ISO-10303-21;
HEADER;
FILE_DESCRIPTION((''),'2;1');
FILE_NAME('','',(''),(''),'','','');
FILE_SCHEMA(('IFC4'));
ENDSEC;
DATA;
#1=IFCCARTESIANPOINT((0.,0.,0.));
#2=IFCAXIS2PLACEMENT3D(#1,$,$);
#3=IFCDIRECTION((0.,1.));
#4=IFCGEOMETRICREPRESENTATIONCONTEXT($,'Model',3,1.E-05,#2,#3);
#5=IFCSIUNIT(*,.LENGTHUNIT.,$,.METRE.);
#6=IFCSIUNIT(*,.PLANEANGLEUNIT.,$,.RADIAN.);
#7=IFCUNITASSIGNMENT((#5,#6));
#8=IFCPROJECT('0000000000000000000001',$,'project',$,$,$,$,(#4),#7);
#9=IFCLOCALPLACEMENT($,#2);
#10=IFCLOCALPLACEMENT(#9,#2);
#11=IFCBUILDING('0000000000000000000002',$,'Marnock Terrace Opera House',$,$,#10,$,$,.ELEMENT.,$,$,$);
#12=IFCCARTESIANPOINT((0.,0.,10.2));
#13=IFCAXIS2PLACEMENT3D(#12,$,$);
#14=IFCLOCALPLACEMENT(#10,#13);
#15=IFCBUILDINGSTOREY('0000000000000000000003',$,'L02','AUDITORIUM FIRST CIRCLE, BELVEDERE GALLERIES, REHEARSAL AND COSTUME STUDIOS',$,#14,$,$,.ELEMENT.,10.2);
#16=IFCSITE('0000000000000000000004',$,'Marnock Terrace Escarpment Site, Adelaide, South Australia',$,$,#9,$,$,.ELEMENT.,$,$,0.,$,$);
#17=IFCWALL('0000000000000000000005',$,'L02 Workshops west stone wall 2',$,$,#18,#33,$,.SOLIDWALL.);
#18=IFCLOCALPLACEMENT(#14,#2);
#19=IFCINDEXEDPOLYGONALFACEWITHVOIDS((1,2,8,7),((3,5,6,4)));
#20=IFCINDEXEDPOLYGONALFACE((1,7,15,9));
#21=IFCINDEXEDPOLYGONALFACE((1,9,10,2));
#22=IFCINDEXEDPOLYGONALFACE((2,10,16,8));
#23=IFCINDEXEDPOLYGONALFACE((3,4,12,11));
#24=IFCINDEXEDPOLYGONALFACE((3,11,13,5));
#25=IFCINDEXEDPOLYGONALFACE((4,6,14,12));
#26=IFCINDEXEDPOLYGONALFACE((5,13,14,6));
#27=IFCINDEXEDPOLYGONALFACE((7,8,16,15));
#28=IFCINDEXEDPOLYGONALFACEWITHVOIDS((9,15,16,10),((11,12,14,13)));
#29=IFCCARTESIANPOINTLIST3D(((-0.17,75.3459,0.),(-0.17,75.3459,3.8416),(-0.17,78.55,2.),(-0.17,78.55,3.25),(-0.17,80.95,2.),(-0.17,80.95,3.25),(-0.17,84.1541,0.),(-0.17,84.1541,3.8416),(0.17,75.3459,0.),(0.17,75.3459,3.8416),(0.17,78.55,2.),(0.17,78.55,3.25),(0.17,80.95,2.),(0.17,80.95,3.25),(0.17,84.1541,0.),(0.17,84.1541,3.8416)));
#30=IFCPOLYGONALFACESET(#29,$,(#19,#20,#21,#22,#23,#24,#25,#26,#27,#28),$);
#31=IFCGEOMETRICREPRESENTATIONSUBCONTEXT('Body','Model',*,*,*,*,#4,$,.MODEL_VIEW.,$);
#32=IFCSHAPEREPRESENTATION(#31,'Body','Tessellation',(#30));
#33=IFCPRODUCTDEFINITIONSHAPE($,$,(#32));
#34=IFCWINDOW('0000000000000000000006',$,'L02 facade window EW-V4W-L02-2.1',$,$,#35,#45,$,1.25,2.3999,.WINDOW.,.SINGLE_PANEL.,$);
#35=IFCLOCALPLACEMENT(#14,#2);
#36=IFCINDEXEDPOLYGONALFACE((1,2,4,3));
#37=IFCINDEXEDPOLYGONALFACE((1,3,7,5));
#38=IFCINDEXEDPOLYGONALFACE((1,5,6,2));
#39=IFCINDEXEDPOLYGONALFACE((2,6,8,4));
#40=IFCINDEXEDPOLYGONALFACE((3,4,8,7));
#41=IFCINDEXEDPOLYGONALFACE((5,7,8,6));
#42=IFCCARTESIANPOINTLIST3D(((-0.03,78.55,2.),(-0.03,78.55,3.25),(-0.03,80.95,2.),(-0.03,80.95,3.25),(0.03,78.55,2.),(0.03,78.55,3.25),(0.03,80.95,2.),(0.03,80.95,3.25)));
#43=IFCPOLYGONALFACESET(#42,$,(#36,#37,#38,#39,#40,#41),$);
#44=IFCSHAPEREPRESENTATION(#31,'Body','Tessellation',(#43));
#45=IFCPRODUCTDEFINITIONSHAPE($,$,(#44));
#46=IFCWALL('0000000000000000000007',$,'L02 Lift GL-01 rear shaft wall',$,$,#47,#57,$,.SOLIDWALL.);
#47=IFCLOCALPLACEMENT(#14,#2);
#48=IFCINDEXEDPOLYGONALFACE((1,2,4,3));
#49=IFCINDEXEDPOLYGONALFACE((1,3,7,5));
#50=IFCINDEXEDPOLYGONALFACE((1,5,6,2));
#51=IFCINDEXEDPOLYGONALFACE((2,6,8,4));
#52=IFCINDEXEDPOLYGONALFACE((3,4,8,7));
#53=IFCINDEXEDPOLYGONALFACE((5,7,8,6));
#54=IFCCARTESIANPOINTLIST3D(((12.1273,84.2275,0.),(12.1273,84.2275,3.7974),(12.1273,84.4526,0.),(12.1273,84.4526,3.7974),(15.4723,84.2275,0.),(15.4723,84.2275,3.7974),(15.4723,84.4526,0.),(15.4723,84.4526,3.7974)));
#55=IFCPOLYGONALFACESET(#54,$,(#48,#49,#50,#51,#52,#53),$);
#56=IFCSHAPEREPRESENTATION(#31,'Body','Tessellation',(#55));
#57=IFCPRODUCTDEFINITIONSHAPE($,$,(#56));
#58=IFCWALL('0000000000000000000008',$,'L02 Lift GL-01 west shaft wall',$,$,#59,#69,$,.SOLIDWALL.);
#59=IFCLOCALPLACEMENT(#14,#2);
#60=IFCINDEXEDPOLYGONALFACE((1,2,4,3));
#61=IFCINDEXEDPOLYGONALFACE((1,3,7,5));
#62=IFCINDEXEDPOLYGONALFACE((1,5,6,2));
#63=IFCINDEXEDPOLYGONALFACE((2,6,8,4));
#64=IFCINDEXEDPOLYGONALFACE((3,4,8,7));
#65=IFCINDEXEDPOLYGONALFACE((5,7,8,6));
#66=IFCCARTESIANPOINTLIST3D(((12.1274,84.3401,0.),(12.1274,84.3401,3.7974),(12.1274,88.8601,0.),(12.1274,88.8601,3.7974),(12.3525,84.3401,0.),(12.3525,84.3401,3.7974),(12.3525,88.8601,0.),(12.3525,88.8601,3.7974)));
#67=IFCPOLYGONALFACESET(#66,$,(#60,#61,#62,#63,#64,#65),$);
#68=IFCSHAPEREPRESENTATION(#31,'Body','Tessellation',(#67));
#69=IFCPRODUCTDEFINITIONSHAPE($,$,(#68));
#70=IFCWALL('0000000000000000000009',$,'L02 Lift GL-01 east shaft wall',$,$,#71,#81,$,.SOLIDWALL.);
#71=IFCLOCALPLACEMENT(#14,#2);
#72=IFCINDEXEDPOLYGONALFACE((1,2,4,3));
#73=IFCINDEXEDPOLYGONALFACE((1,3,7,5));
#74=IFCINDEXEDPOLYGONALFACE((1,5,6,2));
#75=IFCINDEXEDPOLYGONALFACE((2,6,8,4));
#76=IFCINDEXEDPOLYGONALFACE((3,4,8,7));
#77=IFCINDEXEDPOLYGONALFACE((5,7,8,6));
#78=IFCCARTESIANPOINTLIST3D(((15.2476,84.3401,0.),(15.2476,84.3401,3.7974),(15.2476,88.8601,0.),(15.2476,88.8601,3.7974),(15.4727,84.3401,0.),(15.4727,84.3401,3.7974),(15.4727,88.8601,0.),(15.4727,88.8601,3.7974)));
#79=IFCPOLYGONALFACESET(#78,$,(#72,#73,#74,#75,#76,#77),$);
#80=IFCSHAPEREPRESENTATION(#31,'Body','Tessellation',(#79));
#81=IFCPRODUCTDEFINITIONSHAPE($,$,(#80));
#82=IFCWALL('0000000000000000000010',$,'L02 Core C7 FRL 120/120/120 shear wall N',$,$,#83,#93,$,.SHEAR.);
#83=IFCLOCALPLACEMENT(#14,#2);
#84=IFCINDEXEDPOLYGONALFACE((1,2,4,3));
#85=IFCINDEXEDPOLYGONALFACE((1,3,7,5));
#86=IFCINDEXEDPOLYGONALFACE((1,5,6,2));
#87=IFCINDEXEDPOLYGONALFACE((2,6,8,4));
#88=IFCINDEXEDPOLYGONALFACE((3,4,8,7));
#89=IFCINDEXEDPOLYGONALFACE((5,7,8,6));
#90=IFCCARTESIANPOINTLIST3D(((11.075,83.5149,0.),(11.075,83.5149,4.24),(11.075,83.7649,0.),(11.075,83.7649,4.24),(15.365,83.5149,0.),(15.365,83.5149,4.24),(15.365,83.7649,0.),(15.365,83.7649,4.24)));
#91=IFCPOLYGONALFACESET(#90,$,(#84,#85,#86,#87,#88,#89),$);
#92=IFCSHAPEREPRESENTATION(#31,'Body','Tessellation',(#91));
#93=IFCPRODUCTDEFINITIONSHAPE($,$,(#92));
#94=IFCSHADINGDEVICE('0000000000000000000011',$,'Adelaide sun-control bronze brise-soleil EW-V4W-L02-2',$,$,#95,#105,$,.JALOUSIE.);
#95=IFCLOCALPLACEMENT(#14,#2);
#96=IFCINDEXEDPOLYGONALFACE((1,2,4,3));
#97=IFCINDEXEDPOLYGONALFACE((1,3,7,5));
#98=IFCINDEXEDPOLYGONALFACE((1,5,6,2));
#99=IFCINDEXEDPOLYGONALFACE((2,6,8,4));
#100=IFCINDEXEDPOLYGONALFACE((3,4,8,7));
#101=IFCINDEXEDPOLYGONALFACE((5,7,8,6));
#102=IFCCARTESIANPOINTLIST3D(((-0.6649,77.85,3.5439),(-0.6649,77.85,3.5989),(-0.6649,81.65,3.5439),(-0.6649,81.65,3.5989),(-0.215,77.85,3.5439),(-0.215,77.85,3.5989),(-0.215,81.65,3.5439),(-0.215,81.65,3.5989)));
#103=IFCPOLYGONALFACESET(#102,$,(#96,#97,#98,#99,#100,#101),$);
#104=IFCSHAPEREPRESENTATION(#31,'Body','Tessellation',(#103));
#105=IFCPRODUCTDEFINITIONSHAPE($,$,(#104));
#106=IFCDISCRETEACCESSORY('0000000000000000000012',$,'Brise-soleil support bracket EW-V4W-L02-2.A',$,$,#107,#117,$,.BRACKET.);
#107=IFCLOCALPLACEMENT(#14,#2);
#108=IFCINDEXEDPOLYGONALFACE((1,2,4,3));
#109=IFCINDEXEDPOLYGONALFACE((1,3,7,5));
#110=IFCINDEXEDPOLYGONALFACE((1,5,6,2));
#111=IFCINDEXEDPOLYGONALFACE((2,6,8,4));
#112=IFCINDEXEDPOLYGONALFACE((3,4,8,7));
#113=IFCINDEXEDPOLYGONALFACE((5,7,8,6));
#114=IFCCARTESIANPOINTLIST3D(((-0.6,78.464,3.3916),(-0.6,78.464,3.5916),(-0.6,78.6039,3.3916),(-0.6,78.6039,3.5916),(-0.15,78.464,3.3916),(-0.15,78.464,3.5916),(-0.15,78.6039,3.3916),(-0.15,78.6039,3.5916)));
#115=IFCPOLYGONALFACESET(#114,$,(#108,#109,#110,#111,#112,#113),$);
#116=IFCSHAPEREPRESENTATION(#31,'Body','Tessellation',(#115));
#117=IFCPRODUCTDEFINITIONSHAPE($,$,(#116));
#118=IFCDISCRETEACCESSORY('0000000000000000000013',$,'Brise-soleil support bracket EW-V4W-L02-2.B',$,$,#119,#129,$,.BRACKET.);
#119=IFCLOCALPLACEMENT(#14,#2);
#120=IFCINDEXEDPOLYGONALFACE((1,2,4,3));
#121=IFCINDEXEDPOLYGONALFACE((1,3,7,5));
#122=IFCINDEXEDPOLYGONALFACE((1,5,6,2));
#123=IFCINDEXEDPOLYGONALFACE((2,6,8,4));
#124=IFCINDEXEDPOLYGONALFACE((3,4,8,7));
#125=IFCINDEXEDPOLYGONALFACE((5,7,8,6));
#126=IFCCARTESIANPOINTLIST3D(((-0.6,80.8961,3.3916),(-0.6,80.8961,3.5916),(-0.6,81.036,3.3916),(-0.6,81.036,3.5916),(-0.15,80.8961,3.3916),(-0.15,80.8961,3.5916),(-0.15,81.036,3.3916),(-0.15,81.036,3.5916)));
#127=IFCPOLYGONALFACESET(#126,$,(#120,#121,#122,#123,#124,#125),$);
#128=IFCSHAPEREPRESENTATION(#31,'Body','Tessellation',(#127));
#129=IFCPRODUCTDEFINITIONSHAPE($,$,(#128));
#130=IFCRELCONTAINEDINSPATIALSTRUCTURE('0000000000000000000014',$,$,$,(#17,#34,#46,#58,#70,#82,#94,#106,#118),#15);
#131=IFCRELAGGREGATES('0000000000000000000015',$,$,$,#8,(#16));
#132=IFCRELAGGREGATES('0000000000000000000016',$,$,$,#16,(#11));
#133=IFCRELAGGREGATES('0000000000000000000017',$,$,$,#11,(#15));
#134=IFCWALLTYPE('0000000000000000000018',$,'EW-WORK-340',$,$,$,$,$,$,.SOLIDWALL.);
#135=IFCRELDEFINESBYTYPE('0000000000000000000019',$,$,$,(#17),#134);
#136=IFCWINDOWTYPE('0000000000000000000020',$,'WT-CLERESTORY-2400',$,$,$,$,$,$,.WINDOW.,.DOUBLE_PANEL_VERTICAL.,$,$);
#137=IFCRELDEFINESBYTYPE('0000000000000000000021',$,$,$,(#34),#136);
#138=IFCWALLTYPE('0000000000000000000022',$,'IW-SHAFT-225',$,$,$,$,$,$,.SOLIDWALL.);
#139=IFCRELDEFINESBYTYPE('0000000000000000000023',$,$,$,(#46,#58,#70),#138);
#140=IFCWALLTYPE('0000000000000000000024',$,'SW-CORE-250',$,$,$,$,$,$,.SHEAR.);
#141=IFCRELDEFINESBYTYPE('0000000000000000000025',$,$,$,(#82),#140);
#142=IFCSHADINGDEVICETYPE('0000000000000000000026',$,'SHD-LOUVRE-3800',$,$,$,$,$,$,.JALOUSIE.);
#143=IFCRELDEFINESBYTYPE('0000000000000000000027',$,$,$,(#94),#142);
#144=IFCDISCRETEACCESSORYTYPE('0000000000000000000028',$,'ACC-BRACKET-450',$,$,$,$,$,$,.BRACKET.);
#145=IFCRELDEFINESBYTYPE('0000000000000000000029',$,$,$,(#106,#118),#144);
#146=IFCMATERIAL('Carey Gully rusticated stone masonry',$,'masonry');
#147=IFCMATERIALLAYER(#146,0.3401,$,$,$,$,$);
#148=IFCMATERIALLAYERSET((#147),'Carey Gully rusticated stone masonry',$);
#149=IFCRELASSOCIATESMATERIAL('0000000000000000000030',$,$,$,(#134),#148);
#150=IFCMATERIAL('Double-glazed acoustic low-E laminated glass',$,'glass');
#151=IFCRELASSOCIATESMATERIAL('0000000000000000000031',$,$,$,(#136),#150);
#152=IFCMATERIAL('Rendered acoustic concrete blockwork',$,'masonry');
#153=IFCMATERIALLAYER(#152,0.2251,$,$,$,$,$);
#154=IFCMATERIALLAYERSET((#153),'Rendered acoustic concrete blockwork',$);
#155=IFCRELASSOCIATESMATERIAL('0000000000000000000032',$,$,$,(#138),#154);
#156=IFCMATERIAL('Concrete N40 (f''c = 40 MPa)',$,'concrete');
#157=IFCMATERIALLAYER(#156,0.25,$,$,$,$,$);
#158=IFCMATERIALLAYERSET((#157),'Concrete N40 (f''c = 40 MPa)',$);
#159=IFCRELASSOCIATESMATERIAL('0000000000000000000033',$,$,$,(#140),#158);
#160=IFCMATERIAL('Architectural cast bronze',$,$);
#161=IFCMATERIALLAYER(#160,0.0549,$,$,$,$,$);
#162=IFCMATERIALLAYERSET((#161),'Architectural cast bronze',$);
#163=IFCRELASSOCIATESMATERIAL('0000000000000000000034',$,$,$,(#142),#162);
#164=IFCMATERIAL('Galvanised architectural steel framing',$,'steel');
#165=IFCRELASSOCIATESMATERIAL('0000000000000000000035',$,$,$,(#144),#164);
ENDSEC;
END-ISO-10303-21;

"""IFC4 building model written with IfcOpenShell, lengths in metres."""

from ifc_helpers import new_model, si_unit, direction, frame, frame_2d, origin, origin_2d, place, context, subcontext, project, spatial, rectangle, extrude, material, layer, layer_set, type_object, element, fill, save


model = new_model("IFC4")

# Units and contexts
model_context = context("Model", 3, precision=1e-05, world=origin(), true_north=direction((0.0, 1.0)))
body_context = subcontext(model_context, "Body", "Model", "MODEL_VIEW")
ifc_project = project(units=[si_unit("LENGTHUNIT", "METRE"), si_unit("PLANEANGLEUNIT", "RADIAN")], contexts=[model_context])

# Site, building, storey
site_placement = place(None, origin())
site = spatial("IfcSite", under=ifc_project, at=site_placement, Name="Marnock Terrace Escarpment Site, Adelaide, South Australia", CompositionType="ELEMENT", RefElevation=0.0)
building_placement = place(site_placement, origin())
building = spatial("IfcBuilding", under=site, at=building_placement, Name="Marnock Terrace Opera House", CompositionType="ELEMENT")
storey_placement = place(building_placement, frame((0.0, 0.0, 10.2)))
storey = spatial("IfcBuildingStorey", under=building, at=storey_placement, Name="L02", Description="AUDITORIUM FIRST CIRCLE, BELVEDERE GALLERIES, REHEARSAL AND COSTUME STUDIOS", CompositionType="ELEMENT", Elevation=10.2)

# Shared definitions
ifc_material_1 = material(Name="Concrete N40 (f'c = 40 MPa)", Category="concrete")

# Wall, opening, window
ifc_material_2 = material(Name="Carey Gully rusticated stone masonry", Category="masonry")
ifc_layer_1 = layer(ifc_material_2, 0.3401)
ifc_layer_set_1 = layer_set([ifc_layer_1], Name="Carey Gully rusticated stone masonry")
wall_type_1 = type_object("IfcWallType", Name="EW-WORK-340", PredefinedType="SOLIDWALL", material=ifc_layer_set_1)
wall_1_placement = place(storey_placement, frame((0.0, 75.3459, 0.0), z_axis=(0.0, 0.0, 1.0), x_axis=(0.0, 1.0, 0.0)))
wall_1 = element("IfcWall", 1, at=wall_1_placement, inside=storey, type_object=wall_type_1, Name="L02 Workshops west stone wall 2", PredefinedType="SOLIDWALL", context=body_context, shape_type="SweptSolid", body=[
    extrude(rectangle(XDim=8.8081, YDim=0.3401, at=frame_2d((4.4041, 0.0))), origin(), (0.0, 0.0, 1.0), 3.8416),
])
opening_1_placement = place(wall_1_placement, frame((3.2041, 0.0, 2.0)))
opening_1 = element("IfcOpeningElement", 2, at=opening_1_placement, cuts=wall_1, PredefinedType="OPENING", context=body_context, shape_type="SweptSolid", body=[
    extrude(rectangle(XDim=2.3999, YDim=1.25, at=frame_2d((1.2, 0.625))), frame((0.0, 0.1799, 0.0), z_axis=(0.0, -1.0, 0.0), x_axis=(1.0, 0.0, 0.0)), (0.0, 0.0, 1.0), 0.3601),
])
ifc_material_3 = material(Name="Double-glazed acoustic low-E laminated glass", Category="glass")
window_type = type_object("IfcWindowType", Name="WT-CLERESTORY-2400", PartitioningType="DOUBLE_PANEL_VERTICAL", PredefinedType="WINDOW", material=ifc_material_3)
window_placement = place(opening_1_placement, origin())
window = element("IfcWindow", 3, at=window_placement, inside=storey, type_object=window_type, Name="L02 facade window EW-V4W-L02-2.1", OverallHeight=1.25, OverallWidth=2.3999, PartitioningType="SINGLE_PANEL", PredefinedType="WINDOW", context=body_context, shape_type="SweptSolid", body=[
    extrude(rectangle(XDim=2.3999, YDim=1.25, at=frame_2d((1.2, 0.625))), frame((0.0, 0.03, 0.0), z_axis=(0.0, -1.0, 0.0), x_axis=(1.0, 0.0, 0.0)), (0.0, 0.0, 1.0), 0.0601),
])
fill(opening_1, window)

# Shared definitions
ifc_material_4 = material(Name="Rendered acoustic concrete blockwork", Category="masonry")

# Walls
ifc_layer_2 = layer(ifc_material_4, 0.2251)
ifc_layer_set_2 = layer_set([ifc_layer_2], Name="Rendered acoustic concrete blockwork")
wall_type_2 = type_object("IfcWallType", Name="IW-SHAFT-225", PredefinedType="SOLIDWALL", material=ifc_layer_set_2)
wall_2_placement = place(storey_placement, frame((12.1274, 84.3401, 0.0), z_axis=(0.0, 0.0, 1.0), x_axis=(1.0, 0.0, 0.0)))
element("IfcWall", 4, at=wall_2_placement, inside=storey, type_object=wall_type_2, Name="L02 Lift GL-01 rear shaft wall", PredefinedType="SOLIDWALL", context=body_context, shape_type="SweptSolid", body=[
    extrude(rectangle(XDim=3.345, YDim=0.2251, at=frame_2d((1.6724, 0.0))), origin(), (0.0, 0.0, 1.0), 3.7974),
])
for number, where, z_axis, x_axis, name in (
    (5, (12.24, 84.3401, 0.0), (0.0, 0.0, 1.0), (0.0, 1.0, 0.0), "L02 Lift GL-01 west shaft wall"),
    (6, (15.3601, 84.3401, 0.0), (0.0, 0.0, 1.0), (0.0, 1.0, 0.0), "L02 Lift GL-01 east shaft wall"),
):
    element("IfcWall", number, at=place(storey_placement, frame(where, z_axis=z_axis, x_axis=x_axis)), inside=storey, type_object=wall_type_2, Name=name, PredefinedType="SOLIDWALL", context=body_context, shape_type="SweptSolid", body=[
        extrude(rectangle(XDim=4.52, YDim=0.2251, at=frame_2d((2.26, 0.0))), origin(), (0.0, 0.0, 1.0), 3.7974),
    ])
ifc_layer_3 = layer(ifc_material_1, 0.25)
ifc_layer_set_3 = layer_set([ifc_layer_3], Name="Concrete N40 (f'c = 40 MPa)")
wall_type_3 = type_object("IfcWallType", Name="SW-CORE-250", PredefinedType="SHEAR", material=ifc_layer_set_3)
wall_3_placement = place(storey_placement, frame((11.075, 83.6399, 0.0), z_axis=(0.0, 0.0, 1.0), x_axis=(1.0, 0.0, 0.0)))
element("IfcWall", 7, at=wall_3_placement, inside=storey, type_object=wall_type_3, Name="L02 Core C7 FRL 120/120/120 shear wall N", PredefinedType="SHEAR", context=body_context, shape_type="SweptSolid", body=[
    extrude(rectangle(XDim=4.29, YDim=0.25, at=frame_2d((2.145, 0.0))), origin(), (0.0, 0.0, 1.0), 4.24),
])

# Shading device
ifc_material_5 = material(Name="Architectural cast bronze")
ifc_layer_4 = layer(ifc_material_5, 0.0549)
ifc_layer_set_4 = layer_set([ifc_layer_4], Name="Architectural cast bronze")
shading_device_type = type_object("IfcShadingDeviceType", Name="SHD-LOUVRE-3800", PredefinedType="JALOUSIE", material=ifc_layer_set_4)
shading_device_placement = place(storey_placement, frame((-0.4399, 79.75, 3.5439), z_axis=(0.0, 0.0, 1.0), x_axis=(0.0, 1.0, 0.0)))
element("IfcShadingDevice", 8, at=shading_device_placement, inside=storey, type_object=shading_device_type, Name="Adelaide sun-control bronze brise-soleil EW-V4W-L02-2", PredefinedType="JALOUSIE", context=body_context, shape_type="SweptSolid", body=[
    extrude(rectangle(XDim=3.8, YDim=0.45, at=origin_2d()), origin(), (0.0, 0.0, 1.0), 0.0549),
])

# Discrete accessories
ifc_material_6 = material(Name="Galvanised architectural steel framing", Category="steel")
discrete_accessory_type = type_object("IfcDiscreteAccessoryType", Name="ACC-BRACKET-450", PredefinedType="BRACKET", material=ifc_material_6)
for number, where, z_axis, x_axis, name in (
    (9, (-0.375, 78.5339, 3.3916), (0.0, 0.0, 1.0), (0.0, 1.0, 0.0), "Brise-soleil support bracket EW-V4W-L02-2.A"),
    (10, (-0.375, 80.9661, 3.3916), (0.0, 0.0, 1.0), (0.0, 1.0, 0.0), "Brise-soleil support bracket EW-V4W-L02-2.B"),
):
    element("IfcDiscreteAccessory", number, at=place(storey_placement, frame(where, z_axis=z_axis, x_axis=x_axis)), inside=storey, type_object=discrete_accessory_type, Name=name, PredefinedType="BRACKET", context=body_context, shape_type="SweptSolid", body=[
        extrude(rectangle(XDim=0.1399, YDim=0.45, at=origin_2d()), origin(), (0.0, 0.0, 1.0), 0.2),
    ])

save(model, "model.ifc")
